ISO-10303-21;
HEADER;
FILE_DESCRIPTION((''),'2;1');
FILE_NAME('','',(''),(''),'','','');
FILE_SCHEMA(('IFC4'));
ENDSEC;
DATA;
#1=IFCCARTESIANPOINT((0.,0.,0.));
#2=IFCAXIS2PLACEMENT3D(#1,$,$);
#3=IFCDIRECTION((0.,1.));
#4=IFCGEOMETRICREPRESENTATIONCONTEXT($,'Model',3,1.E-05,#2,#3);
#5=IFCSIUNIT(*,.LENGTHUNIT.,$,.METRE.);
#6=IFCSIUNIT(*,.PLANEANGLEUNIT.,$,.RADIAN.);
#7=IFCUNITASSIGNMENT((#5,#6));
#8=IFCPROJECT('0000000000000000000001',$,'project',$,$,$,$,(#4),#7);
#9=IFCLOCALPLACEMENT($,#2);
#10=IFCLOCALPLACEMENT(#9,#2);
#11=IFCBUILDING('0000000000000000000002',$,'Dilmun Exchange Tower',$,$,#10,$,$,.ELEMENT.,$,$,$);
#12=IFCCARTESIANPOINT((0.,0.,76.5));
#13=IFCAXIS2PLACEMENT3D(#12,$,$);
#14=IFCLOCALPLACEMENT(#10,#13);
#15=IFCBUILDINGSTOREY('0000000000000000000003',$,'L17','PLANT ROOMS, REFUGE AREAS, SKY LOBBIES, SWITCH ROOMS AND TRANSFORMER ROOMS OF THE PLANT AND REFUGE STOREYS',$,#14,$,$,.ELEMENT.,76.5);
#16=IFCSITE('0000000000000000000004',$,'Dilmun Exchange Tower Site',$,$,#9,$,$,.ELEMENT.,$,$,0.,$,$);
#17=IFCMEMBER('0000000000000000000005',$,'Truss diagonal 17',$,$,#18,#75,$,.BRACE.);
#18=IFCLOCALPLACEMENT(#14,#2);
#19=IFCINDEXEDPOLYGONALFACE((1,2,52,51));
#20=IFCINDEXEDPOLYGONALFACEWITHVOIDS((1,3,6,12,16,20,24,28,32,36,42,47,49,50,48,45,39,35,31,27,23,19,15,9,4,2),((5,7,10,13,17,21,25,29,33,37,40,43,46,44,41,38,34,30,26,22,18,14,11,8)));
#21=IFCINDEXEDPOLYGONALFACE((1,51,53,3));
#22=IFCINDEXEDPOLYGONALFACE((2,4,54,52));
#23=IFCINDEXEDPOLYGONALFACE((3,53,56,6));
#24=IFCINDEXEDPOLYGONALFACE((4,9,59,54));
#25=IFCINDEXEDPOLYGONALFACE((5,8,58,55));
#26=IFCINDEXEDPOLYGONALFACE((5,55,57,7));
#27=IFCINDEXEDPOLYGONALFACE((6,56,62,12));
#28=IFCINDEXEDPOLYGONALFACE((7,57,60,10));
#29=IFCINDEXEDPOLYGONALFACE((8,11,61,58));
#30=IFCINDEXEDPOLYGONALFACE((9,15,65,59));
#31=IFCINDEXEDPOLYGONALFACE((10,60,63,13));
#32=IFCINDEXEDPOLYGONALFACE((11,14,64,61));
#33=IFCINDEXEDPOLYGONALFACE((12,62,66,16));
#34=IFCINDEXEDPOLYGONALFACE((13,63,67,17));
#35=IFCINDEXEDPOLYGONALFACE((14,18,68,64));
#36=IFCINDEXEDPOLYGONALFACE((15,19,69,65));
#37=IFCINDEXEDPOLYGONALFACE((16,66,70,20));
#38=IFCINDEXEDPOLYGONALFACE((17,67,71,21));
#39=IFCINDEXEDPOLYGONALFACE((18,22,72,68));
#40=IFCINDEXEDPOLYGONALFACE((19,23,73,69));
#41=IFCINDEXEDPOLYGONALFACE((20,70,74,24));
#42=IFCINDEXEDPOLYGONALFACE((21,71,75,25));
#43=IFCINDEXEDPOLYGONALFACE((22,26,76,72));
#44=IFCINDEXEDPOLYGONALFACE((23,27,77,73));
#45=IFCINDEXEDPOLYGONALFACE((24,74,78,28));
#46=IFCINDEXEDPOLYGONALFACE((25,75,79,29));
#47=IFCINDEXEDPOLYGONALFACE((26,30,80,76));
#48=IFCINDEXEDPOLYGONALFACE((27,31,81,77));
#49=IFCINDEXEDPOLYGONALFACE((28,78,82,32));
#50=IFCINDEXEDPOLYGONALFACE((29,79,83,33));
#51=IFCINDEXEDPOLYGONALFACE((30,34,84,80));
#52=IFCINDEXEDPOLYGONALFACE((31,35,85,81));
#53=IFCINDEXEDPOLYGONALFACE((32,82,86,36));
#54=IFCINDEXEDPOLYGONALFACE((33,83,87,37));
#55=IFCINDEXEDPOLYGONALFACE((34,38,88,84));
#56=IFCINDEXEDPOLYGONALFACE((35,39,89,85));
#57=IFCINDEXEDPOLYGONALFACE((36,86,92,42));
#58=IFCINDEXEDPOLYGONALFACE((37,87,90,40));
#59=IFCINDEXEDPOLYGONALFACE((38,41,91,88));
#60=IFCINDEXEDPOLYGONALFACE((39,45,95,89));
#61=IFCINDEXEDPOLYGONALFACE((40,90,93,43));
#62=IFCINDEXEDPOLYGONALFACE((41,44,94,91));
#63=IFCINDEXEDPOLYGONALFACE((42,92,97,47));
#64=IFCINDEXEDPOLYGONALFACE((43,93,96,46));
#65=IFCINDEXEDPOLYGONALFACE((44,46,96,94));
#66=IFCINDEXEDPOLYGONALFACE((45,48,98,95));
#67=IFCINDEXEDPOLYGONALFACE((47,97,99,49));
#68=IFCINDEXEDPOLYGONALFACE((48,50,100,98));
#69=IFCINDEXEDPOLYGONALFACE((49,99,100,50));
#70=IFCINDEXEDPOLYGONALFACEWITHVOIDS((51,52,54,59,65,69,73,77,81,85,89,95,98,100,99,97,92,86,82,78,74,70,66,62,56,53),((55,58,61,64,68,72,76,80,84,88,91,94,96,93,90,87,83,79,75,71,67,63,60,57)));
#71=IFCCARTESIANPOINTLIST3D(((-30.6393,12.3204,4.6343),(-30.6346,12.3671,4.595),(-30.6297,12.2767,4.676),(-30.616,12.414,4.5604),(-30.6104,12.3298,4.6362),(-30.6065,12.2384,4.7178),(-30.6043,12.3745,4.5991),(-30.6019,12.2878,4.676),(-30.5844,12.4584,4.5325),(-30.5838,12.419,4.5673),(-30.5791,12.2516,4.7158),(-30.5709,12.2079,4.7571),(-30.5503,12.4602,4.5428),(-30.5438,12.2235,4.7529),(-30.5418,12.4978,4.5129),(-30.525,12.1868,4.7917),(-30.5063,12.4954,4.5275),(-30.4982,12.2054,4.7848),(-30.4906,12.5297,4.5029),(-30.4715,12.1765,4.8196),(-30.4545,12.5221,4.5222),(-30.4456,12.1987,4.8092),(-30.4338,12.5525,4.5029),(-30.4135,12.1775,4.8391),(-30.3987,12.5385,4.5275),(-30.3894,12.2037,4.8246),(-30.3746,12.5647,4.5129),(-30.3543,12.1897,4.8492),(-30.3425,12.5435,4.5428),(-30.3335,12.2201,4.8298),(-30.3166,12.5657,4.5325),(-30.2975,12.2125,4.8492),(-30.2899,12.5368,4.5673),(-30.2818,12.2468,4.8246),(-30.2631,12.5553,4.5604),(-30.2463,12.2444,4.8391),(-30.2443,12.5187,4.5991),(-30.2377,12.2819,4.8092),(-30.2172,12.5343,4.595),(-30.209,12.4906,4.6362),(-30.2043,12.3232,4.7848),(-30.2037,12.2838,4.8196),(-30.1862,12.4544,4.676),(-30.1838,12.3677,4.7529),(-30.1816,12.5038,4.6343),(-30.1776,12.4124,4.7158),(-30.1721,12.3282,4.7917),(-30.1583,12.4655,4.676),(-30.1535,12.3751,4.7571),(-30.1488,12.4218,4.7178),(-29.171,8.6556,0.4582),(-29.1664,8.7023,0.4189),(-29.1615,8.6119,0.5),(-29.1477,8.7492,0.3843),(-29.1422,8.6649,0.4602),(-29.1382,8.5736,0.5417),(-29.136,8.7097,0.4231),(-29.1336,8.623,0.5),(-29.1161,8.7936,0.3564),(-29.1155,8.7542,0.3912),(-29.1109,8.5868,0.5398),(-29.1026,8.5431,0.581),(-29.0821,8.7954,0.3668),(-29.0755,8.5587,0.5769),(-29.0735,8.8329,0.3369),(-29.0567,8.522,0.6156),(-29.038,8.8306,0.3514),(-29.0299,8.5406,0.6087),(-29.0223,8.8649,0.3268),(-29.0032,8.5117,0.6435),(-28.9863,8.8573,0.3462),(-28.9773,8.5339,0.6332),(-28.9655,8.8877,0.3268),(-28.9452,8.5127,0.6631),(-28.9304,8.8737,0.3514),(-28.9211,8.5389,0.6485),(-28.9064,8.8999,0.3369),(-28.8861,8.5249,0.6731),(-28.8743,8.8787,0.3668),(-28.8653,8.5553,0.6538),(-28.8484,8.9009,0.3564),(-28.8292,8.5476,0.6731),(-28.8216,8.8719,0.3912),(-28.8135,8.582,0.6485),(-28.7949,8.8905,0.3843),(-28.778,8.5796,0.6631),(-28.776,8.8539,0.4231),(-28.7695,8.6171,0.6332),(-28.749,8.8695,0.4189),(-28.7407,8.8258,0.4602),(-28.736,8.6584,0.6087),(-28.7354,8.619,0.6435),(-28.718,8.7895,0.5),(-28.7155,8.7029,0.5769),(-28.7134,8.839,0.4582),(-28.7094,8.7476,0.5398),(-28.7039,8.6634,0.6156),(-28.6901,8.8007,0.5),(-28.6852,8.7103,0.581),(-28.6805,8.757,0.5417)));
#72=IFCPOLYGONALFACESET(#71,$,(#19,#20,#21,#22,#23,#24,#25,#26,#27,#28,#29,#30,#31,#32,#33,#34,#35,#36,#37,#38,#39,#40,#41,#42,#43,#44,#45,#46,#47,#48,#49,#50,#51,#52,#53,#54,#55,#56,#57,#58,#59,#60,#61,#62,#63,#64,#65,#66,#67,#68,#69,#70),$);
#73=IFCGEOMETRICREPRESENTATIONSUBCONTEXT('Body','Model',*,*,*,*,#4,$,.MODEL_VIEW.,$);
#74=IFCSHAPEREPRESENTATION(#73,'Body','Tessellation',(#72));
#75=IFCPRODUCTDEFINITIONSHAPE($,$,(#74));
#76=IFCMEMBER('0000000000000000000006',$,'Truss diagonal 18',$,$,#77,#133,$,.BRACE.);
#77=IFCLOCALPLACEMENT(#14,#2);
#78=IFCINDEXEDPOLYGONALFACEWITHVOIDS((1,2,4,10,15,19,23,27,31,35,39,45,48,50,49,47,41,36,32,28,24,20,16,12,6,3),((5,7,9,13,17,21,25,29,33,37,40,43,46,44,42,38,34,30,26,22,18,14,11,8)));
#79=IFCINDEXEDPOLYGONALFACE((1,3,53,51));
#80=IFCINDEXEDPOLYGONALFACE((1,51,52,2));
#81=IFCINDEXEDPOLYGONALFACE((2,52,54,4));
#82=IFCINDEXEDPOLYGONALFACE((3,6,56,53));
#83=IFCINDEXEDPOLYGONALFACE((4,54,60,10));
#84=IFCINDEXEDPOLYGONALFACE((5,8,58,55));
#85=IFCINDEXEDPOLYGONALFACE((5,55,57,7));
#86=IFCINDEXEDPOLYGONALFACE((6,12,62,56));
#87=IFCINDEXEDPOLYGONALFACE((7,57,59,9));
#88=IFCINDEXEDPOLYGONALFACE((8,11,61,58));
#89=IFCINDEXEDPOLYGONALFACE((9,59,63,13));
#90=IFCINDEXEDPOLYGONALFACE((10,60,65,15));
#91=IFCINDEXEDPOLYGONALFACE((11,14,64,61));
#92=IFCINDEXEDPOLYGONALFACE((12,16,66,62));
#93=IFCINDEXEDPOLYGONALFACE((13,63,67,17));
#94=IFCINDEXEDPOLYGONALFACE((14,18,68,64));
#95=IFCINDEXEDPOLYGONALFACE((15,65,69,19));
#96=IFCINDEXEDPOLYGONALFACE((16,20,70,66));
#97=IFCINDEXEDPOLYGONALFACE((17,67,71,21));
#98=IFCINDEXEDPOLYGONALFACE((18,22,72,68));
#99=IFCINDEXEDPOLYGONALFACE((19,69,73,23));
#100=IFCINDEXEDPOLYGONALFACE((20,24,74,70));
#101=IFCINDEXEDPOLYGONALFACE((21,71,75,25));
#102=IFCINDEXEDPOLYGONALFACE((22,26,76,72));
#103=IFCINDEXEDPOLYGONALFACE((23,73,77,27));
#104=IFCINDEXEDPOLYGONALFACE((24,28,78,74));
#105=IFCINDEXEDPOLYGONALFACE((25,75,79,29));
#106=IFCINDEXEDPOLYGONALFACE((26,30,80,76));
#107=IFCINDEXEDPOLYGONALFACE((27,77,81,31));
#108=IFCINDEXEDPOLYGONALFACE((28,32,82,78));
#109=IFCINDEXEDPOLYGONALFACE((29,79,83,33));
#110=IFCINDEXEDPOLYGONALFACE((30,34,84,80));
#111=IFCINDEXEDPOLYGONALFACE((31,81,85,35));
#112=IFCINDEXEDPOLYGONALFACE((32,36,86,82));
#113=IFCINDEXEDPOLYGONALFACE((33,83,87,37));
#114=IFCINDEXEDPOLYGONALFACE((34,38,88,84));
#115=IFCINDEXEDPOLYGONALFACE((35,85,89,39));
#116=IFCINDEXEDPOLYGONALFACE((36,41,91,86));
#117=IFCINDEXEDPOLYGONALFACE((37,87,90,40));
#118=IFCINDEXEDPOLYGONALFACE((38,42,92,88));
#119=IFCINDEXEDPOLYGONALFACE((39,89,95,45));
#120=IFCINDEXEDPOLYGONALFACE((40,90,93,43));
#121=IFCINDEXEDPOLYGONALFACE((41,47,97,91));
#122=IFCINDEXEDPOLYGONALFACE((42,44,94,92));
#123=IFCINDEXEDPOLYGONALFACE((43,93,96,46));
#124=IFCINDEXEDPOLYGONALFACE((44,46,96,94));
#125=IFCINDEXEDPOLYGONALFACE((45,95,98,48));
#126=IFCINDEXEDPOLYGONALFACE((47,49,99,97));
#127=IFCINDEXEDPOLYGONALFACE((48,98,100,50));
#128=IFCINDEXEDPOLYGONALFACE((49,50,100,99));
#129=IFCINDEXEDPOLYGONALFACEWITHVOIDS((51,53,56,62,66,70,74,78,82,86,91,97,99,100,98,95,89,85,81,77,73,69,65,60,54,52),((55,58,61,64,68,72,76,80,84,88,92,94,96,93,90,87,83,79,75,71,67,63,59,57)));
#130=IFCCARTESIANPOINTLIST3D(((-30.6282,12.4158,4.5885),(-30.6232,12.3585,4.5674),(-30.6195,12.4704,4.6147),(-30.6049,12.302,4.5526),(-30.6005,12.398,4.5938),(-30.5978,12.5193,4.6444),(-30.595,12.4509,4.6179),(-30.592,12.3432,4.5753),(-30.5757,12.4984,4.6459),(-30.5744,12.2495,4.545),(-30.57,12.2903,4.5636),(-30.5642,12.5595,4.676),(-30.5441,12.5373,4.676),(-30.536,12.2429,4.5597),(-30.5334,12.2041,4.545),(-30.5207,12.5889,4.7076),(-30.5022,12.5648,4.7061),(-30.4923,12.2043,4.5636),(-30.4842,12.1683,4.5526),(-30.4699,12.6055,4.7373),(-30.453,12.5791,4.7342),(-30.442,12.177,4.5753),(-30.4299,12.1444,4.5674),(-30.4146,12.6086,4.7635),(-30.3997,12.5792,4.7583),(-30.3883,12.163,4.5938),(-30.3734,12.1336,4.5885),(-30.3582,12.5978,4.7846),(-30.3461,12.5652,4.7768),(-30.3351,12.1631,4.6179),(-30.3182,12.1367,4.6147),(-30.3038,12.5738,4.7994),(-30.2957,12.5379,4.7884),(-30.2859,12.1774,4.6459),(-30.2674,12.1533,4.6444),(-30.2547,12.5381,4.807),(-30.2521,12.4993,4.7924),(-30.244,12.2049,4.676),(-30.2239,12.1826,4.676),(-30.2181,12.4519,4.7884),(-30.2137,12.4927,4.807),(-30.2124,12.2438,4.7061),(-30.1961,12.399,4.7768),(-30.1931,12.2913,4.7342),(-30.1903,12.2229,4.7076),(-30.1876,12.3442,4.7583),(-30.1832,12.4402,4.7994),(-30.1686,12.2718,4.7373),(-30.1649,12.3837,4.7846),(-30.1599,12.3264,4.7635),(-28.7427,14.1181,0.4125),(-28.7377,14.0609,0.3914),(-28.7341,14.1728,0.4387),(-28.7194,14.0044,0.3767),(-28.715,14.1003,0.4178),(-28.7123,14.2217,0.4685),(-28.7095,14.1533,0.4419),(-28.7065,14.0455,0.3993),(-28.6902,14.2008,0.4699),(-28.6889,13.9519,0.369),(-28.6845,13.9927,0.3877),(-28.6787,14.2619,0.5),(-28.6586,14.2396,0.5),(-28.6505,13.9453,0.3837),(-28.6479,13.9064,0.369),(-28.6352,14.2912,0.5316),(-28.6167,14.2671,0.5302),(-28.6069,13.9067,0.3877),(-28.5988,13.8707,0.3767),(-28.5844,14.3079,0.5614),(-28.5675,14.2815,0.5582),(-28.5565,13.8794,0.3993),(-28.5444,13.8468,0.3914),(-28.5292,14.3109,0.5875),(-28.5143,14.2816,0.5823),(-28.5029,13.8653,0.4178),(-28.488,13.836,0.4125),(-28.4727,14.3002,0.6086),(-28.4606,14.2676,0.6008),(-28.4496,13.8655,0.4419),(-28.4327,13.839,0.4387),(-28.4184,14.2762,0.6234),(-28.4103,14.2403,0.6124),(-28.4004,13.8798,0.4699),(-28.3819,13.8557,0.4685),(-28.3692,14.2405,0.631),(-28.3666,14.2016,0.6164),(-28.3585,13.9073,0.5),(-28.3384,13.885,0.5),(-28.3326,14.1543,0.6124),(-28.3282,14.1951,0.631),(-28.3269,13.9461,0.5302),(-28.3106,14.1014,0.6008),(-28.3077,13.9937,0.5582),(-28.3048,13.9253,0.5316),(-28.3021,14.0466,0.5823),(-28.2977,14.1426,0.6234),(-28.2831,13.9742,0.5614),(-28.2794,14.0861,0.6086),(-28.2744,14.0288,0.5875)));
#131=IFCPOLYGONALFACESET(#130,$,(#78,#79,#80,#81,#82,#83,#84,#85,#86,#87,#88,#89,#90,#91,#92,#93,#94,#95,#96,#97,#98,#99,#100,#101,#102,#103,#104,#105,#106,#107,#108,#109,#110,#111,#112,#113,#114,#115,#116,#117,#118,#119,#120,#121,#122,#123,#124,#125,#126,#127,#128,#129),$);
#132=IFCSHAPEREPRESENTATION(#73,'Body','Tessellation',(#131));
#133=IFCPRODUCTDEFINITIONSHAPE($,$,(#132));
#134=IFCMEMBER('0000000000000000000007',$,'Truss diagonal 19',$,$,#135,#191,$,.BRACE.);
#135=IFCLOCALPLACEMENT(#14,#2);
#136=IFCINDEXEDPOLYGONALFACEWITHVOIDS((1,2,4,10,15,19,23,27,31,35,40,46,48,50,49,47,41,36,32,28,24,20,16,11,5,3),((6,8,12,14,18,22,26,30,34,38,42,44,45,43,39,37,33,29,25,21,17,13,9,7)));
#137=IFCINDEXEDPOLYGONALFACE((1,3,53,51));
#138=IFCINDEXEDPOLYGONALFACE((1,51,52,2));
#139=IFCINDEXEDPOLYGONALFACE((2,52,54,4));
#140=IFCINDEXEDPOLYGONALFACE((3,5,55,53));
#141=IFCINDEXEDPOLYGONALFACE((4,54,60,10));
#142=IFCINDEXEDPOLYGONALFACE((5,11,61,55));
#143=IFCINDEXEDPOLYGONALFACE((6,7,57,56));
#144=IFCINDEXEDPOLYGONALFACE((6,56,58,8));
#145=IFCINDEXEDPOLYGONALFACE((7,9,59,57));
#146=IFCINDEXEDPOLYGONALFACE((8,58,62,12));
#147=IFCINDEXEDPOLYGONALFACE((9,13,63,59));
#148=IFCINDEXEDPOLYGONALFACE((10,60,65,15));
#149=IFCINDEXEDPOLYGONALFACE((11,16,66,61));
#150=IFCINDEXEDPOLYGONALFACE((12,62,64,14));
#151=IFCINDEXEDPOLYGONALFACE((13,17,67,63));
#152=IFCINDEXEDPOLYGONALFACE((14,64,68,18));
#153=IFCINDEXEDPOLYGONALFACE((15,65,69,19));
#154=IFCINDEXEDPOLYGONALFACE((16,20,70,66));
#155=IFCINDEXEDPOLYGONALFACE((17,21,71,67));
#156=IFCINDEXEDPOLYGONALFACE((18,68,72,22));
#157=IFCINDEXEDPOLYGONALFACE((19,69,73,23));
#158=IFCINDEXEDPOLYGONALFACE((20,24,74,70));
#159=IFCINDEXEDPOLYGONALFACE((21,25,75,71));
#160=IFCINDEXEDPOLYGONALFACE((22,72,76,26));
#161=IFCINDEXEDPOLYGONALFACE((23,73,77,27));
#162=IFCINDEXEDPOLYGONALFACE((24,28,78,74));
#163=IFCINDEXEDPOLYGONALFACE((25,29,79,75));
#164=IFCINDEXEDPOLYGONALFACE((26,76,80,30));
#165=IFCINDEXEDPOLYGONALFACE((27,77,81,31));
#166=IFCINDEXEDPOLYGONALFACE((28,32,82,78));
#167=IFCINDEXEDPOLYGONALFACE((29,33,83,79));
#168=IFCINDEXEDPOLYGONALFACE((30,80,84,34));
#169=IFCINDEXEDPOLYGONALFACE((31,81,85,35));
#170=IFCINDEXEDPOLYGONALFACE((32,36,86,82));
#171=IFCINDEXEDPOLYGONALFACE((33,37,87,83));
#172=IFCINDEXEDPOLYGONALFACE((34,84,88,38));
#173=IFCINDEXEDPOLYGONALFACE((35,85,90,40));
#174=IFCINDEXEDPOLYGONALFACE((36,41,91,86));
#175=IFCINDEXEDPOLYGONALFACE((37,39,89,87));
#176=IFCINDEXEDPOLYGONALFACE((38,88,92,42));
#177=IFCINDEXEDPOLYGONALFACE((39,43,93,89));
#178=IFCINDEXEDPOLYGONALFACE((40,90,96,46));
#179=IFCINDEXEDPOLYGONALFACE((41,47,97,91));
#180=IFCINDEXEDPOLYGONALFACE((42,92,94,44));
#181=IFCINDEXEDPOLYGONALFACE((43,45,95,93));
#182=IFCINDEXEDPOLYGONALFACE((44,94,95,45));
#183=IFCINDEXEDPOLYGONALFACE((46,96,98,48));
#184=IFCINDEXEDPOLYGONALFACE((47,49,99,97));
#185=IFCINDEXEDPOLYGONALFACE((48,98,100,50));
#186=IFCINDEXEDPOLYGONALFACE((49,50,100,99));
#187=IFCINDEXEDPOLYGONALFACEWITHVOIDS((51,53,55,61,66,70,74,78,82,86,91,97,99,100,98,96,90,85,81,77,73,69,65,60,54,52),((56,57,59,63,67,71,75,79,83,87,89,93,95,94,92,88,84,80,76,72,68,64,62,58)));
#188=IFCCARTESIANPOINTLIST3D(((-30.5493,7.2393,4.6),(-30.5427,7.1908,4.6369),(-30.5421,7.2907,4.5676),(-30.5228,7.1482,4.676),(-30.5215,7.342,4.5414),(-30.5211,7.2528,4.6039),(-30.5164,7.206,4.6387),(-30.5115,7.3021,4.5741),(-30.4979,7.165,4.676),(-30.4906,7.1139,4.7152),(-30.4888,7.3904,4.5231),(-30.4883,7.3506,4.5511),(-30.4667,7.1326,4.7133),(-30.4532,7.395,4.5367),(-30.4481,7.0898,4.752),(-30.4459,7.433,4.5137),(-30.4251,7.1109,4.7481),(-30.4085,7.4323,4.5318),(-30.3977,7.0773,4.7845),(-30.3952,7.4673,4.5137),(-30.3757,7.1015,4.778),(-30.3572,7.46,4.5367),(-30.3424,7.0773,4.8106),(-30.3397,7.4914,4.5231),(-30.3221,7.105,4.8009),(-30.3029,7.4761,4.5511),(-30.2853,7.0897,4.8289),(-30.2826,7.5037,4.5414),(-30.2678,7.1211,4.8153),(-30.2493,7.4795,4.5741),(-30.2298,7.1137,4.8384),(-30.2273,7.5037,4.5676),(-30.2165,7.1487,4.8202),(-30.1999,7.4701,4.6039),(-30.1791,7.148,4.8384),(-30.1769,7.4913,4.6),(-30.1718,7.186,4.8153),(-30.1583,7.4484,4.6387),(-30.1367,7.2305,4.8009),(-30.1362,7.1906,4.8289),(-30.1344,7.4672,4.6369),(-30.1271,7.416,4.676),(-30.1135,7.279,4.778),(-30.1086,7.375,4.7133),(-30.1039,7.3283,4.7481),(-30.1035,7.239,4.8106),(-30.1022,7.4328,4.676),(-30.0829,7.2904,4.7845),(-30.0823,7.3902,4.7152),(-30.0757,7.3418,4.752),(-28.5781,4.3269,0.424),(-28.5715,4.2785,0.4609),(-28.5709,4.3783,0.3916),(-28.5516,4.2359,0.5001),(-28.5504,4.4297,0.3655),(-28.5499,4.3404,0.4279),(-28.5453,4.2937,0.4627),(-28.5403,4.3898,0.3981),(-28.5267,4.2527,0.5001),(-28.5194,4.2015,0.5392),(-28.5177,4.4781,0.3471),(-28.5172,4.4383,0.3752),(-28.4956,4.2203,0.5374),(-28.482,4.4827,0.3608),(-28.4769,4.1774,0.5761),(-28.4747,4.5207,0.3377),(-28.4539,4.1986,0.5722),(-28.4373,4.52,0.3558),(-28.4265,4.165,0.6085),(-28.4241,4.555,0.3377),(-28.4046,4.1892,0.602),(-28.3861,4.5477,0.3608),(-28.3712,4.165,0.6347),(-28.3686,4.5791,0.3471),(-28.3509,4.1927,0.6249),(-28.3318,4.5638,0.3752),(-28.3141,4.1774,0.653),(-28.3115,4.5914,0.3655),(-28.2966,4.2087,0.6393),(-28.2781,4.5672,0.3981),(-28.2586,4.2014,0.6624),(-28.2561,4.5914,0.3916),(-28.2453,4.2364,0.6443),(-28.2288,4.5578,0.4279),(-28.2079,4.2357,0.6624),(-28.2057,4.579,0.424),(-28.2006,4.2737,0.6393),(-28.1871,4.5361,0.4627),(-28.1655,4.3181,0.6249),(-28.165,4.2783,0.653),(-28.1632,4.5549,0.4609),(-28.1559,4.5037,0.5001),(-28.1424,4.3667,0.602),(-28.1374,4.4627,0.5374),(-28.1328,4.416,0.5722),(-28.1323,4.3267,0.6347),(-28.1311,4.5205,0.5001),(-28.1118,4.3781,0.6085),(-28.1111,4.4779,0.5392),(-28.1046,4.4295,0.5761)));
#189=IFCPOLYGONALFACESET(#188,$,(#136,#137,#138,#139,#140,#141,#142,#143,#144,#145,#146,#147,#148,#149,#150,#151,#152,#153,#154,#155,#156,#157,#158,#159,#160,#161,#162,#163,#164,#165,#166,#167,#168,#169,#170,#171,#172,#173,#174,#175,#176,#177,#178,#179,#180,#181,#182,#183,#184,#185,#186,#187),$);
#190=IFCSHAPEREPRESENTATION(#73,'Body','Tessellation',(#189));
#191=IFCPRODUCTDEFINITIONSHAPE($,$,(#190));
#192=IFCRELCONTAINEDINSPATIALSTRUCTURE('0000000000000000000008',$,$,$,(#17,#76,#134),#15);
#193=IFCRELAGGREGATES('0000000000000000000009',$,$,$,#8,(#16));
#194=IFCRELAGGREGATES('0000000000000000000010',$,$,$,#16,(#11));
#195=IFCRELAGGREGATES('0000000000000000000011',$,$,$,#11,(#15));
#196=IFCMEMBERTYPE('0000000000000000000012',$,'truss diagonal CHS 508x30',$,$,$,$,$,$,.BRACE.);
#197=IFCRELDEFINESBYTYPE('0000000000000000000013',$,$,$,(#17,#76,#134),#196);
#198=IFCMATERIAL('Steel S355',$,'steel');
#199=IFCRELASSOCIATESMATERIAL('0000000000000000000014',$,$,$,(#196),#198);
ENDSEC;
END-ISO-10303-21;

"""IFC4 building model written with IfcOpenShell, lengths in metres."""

from ifc_helpers import new_model, si_unit, direction, frame, origin, origin_2d, place, context, subcontext, project, spatial, hollow_circle, extrude, material, material_profile, profile_set, type_object, element, save


model = new_model("IFC4")

# Units and contexts
model_context = context("Model", 3, precision=1e-05, world=origin(), true_north=direction((0.0, 1.0)))
body_context = subcontext(model_context, "Body", "Model", "MODEL_VIEW")
ifc_project = project(units=[si_unit("LENGTHUNIT", "METRE"), si_unit("PLANEANGLEUNIT", "RADIAN")], contexts=[model_context])

# Site, building, storey
site_placement = place(None, origin())
site = spatial("IfcSite", under=ifc_project, at=site_placement, Name="Dilmun Exchange Tower Site", CompositionType="ELEMENT", RefElevation=0.0)
building_placement = place(site_placement, origin())
building = spatial("IfcBuilding", under=site, at=building_placement, Name="Dilmun Exchange Tower", CompositionType="ELEMENT")
storey_placement = place(building_placement, frame((0.0, 0.0, 76.5)))
storey = spatial("IfcBuildingStorey", under=building, at=storey_placement, Name="L17", Description="PLANT ROOMS, REFUGE AREAS, SKY LOBBIES, SWITCH ROOMS AND TRANSFORMER ROOMS OF THE PLANT AND REFUGE STOREYS", CompositionType="ELEMENT", Elevation=76.5)

# Shared definitions
ifc_material_1 = material(Name="Steel S355", Category="steel")

# Members
ifc_material_profile_1 = material_profile(ifc_material_1, hollow_circle(Radius=0.2539, WallThickness=0.03, at=origin_2d()), Name="CHS 508x30")
ifc_profile_set_1 = profile_set([ifc_material_profile_1], Name="Steel S355")
member_type_1 = type_object("IfcMemberType", Name="truss diagonal CHS 508x30", PredefinedType="BRACE", material=ifc_profile_set_1)
member_1_placement = place(storey_placement, frame((-30.394, 12.3711, 4.676), z_axis=(0.255492, -0.637711, -0.72667), x_axis=(0.928272, 0.371902, 0.0)))
element("IfcMember", 1, at=member_1_placement, inside=storey, type_object=member_type_1, Name="Truss diagonal 17", PredefinedType="BRACE", context=body_context, shape_type="SweptSolid", body=[
    extrude(hollow_circle(Radius=0.2539, WallThickness=0.03, at=origin_2d()), origin(), (0.0, 0.0, 1.0), 5.7468),
])
member_2_placement = place(storey_placement, frame((-30.394, 12.3711, 4.676), z_axis=(0.385741, 0.348281, -0.854344), x_axis=(-0.670148, 0.742228, 0.0)))
element("IfcMember", 2, at=member_2_placement, inside=storey, type_object=member_type_1, Name="Truss diagonal 18", PredefinedType="BRACE", context=body_context, shape_type="SweptSolid", body=[
    extrude(hollow_circle(Radius=0.2539, WallThickness=0.03, at=origin_2d()), origin(), (0.0, 0.0, 1.0), 4.8879),
])
member_3_placement = place(storey_placement, frame((-30.3125, 7.2905, 4.676), z_axis=(0.361054, -0.533443, -0.764904), x_axis=(0.828142, 0.560518, 0.0)))
element("IfcMember", 3, at=member_3_placement, inside=storey, type_object=member_type_1, Name="Truss diagonal 19", PredefinedType="BRACE", context=body_context, shape_type="SweptSolid", body=[
    extrude(hollow_circle(Radius=0.2539, WallThickness=0.03, at=origin_2d()), origin(), (0.0, 0.0, 1.0), 5.4595),
])

save(model, "model.ifc")
